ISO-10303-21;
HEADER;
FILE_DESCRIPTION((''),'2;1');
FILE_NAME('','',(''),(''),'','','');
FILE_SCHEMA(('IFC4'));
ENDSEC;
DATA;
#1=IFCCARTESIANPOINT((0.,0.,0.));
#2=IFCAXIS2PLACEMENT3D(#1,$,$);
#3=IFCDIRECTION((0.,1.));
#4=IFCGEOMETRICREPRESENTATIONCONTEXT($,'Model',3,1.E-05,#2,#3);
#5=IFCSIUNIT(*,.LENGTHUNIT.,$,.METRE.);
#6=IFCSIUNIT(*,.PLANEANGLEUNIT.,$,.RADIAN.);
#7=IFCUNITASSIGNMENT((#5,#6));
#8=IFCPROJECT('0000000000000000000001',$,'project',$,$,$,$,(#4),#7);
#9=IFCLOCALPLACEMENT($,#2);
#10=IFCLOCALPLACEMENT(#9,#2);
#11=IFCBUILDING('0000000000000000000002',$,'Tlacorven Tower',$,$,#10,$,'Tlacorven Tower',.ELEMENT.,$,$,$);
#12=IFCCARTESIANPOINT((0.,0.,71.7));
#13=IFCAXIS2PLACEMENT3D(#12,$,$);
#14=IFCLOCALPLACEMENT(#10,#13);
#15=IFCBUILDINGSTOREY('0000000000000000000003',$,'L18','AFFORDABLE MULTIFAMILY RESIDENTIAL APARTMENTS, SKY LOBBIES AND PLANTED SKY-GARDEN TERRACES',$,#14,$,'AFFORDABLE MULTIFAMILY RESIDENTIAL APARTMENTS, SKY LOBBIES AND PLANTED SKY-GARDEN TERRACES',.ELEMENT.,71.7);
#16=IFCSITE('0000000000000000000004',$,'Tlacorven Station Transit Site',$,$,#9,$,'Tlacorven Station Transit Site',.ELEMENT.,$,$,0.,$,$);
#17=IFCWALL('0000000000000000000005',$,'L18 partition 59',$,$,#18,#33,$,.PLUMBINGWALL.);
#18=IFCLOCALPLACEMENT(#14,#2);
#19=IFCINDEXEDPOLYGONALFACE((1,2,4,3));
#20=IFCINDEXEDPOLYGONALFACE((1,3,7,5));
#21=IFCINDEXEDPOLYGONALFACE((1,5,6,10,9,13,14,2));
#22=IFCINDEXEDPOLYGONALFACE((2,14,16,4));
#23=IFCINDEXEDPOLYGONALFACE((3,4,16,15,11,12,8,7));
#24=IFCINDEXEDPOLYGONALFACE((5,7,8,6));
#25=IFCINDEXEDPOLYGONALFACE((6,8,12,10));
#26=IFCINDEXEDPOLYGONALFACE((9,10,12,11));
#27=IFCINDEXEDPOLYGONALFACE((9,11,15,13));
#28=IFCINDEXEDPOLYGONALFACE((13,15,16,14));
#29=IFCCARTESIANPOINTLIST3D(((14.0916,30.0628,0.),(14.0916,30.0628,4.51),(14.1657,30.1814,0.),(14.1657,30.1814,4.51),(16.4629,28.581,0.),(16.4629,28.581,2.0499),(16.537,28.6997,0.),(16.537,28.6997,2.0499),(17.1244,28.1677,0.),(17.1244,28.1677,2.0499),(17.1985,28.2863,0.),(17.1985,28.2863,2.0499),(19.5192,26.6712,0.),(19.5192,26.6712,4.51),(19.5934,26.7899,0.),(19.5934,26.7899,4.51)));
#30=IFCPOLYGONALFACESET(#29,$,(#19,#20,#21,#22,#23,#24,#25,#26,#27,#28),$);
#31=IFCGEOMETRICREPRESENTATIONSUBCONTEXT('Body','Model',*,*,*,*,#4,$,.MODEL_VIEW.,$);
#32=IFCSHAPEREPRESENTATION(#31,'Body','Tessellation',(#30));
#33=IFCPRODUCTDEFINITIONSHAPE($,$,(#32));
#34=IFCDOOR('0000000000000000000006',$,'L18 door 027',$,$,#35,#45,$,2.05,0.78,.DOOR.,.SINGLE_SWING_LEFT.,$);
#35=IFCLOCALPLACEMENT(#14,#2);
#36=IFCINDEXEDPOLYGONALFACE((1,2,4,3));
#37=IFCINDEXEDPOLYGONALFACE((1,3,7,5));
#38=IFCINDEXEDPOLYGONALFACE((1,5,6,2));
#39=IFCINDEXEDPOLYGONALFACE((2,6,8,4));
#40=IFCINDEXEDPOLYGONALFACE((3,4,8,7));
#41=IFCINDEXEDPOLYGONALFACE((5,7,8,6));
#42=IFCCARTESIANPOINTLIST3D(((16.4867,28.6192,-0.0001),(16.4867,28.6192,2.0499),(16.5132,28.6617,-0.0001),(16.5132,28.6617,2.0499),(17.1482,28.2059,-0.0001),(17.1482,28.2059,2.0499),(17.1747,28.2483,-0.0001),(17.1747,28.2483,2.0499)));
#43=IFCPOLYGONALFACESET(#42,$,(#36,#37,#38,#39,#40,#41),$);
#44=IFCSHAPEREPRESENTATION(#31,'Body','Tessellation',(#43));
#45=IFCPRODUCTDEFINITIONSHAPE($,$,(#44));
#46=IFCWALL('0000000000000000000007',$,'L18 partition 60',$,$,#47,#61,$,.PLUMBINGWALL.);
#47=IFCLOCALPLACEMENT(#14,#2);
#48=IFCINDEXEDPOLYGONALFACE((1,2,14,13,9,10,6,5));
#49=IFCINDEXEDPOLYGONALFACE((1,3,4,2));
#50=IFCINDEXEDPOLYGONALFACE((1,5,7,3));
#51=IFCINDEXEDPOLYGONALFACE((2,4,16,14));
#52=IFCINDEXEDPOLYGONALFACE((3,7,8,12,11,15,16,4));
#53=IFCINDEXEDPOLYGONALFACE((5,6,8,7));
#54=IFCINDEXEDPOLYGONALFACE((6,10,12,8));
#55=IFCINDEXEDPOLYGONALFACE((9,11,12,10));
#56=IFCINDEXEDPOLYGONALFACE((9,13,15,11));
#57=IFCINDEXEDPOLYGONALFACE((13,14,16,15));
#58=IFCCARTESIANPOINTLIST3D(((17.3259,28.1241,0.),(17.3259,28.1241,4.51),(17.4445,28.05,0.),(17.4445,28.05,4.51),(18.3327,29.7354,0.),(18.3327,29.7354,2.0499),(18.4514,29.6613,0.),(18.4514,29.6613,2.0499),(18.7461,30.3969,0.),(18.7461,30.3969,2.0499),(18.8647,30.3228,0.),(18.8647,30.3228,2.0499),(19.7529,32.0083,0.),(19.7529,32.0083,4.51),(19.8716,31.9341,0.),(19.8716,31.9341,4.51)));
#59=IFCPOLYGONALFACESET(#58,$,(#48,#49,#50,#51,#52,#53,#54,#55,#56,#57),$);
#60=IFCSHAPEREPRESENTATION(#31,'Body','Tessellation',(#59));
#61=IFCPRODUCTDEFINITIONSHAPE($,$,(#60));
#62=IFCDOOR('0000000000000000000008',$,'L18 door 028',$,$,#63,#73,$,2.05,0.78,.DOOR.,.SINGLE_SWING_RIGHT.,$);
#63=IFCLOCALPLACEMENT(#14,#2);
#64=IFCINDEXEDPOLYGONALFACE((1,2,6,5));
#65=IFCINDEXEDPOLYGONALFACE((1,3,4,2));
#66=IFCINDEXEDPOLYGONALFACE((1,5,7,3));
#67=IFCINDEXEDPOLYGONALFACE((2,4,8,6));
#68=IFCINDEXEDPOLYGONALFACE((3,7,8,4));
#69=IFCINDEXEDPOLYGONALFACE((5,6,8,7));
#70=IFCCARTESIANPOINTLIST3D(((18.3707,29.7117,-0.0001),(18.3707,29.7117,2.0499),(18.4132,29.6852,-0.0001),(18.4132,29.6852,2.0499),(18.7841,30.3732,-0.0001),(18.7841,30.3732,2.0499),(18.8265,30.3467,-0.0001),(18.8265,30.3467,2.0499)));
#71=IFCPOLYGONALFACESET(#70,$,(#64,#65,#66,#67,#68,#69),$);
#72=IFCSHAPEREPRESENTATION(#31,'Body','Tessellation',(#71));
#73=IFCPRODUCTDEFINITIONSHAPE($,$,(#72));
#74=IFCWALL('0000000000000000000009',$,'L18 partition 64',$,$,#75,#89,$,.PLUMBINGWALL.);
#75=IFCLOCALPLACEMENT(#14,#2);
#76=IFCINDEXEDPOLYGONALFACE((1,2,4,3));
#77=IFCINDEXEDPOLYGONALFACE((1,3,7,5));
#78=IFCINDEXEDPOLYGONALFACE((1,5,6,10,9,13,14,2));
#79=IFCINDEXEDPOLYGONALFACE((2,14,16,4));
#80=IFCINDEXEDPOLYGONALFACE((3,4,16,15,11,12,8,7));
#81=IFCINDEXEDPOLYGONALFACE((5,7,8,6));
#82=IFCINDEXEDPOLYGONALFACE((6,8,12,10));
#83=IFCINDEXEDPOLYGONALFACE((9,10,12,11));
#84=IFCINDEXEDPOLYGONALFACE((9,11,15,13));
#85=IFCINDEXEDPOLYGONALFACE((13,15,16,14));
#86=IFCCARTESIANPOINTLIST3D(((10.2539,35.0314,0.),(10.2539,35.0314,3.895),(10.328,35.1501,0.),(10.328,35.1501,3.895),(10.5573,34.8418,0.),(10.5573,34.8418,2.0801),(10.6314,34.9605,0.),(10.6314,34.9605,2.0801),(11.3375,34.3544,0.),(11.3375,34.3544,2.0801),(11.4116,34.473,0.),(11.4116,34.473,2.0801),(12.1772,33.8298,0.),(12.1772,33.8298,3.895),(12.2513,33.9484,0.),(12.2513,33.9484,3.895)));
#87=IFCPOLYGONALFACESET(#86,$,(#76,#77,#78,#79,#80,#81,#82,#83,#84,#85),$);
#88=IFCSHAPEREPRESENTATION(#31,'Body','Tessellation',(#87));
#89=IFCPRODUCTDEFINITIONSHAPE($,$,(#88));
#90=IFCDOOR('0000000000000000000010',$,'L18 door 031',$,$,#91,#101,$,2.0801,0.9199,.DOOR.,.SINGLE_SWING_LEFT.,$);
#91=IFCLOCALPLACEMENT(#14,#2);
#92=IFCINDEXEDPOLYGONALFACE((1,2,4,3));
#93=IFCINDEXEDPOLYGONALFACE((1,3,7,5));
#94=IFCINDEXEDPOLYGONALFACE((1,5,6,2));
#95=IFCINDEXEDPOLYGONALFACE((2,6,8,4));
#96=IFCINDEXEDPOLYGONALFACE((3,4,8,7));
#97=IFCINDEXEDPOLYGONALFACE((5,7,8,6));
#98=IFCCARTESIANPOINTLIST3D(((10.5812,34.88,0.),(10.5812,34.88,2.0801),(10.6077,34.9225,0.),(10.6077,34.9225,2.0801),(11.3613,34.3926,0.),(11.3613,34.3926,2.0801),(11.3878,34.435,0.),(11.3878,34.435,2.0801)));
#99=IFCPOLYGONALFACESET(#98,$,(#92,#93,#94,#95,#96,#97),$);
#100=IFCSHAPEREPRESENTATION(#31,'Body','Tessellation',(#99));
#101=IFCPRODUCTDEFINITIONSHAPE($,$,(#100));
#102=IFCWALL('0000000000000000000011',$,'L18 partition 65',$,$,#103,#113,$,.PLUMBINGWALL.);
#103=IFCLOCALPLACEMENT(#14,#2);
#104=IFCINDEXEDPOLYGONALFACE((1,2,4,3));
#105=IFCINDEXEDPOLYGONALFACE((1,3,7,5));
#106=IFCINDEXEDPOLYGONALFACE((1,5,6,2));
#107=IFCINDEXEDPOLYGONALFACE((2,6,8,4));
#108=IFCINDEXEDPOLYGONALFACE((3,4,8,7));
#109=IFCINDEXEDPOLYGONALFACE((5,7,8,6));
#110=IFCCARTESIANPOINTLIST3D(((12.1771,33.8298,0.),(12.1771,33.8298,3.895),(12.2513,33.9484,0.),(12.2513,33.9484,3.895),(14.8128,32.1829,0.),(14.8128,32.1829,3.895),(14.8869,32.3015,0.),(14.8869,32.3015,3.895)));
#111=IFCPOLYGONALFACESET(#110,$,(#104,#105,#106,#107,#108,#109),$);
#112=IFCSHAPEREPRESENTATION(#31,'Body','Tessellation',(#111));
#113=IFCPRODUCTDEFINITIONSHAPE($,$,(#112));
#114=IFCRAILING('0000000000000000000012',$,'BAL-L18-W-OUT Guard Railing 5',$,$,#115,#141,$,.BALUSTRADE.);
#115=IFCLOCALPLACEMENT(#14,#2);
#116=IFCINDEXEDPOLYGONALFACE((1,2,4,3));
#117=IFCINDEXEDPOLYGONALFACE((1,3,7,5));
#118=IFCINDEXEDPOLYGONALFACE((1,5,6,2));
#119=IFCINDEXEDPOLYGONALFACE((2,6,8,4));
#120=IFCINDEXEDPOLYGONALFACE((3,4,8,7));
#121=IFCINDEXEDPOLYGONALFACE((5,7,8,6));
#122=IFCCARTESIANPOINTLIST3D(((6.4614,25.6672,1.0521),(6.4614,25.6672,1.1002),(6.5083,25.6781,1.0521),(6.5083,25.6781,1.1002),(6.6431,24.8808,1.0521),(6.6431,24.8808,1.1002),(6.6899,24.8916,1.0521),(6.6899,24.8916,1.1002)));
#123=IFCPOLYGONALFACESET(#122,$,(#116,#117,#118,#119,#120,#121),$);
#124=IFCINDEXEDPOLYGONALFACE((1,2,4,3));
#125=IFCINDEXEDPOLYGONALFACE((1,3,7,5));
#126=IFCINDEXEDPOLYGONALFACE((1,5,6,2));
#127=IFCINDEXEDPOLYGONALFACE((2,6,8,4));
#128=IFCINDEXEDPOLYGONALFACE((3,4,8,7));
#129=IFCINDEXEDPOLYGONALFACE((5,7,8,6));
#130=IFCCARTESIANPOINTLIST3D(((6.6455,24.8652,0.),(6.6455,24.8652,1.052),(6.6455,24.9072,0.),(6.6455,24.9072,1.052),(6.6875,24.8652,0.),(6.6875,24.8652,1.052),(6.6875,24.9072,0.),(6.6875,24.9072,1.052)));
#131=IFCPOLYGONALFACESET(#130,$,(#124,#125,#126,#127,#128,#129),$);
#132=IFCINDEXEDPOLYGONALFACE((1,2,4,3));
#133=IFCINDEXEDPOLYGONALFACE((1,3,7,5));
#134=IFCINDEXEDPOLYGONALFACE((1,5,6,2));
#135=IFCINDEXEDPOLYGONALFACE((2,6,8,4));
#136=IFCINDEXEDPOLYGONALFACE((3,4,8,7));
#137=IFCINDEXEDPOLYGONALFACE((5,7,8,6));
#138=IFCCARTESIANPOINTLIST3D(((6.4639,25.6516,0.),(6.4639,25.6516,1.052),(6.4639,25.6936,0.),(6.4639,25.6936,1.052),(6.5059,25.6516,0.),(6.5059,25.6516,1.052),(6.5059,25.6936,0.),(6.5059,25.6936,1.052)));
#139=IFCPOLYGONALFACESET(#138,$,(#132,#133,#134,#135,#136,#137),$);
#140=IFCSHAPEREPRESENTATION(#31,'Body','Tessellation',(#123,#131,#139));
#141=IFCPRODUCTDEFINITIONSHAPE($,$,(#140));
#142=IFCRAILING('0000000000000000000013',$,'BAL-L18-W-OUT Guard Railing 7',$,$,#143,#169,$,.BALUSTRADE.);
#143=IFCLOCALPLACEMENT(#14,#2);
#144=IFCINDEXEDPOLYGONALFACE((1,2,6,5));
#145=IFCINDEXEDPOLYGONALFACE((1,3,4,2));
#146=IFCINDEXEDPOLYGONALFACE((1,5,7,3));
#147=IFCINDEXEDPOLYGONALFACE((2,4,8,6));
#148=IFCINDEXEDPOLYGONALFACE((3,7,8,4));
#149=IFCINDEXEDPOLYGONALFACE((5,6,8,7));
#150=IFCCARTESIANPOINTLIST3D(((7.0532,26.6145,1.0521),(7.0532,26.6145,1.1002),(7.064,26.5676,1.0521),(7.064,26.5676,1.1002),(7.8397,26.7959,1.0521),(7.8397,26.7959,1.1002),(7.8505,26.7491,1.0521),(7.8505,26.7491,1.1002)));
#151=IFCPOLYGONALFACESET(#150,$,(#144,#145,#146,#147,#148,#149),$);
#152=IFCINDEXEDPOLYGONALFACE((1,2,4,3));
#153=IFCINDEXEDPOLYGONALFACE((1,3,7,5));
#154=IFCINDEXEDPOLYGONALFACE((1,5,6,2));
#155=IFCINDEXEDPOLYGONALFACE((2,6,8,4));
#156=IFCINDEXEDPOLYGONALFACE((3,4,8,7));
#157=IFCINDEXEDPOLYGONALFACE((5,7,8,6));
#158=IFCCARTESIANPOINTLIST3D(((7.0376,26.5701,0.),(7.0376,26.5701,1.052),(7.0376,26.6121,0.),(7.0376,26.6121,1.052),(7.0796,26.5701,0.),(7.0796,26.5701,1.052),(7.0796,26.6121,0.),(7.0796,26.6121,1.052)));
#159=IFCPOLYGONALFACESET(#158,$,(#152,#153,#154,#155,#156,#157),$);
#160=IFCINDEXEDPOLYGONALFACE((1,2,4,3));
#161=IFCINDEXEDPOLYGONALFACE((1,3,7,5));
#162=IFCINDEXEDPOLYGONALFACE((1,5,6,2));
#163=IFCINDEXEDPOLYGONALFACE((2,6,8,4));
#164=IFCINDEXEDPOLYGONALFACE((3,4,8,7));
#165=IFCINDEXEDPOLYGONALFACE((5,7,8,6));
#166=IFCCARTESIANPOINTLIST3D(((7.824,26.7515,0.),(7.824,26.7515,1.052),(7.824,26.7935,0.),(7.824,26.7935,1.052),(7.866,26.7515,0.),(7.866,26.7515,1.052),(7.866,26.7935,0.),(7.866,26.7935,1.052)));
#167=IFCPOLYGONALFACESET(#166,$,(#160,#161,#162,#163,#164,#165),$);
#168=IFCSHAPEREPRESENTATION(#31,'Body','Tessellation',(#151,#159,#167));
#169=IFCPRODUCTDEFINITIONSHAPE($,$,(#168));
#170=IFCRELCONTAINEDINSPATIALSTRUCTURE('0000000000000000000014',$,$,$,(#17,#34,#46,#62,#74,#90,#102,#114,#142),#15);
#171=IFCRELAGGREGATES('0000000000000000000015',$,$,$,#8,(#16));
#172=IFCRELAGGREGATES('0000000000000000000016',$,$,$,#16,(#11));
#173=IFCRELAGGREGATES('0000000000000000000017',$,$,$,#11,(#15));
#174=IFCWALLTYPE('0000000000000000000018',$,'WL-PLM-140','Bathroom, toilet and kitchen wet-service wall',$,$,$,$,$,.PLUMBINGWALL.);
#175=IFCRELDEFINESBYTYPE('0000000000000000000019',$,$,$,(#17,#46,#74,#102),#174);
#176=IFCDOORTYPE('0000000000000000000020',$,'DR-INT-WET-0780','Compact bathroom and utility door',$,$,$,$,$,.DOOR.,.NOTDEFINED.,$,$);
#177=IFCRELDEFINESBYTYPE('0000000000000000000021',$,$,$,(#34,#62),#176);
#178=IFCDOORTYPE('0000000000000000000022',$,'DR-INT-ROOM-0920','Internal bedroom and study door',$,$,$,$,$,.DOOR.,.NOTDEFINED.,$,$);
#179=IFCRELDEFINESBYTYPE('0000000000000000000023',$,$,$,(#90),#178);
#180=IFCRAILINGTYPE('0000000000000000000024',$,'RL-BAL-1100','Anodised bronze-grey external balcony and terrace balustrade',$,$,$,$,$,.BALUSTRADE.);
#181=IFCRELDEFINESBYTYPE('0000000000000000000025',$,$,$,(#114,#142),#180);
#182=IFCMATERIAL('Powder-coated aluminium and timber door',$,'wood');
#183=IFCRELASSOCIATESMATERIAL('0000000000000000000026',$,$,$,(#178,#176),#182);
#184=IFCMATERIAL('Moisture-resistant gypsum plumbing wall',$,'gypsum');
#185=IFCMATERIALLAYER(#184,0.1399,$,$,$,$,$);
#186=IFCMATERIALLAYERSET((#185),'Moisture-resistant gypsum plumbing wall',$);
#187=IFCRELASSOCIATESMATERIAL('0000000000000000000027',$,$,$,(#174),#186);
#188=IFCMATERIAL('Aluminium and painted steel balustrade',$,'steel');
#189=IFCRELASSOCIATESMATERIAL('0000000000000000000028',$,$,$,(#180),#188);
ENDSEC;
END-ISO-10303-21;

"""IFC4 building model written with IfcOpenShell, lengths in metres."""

from ifc_helpers import new_model, si_unit, direction, frame, frame_2d, origin, origin_2d, place, context, subcontext, project, spatial, rectangle, extrude, source, transform, mapped, material, layer, layer_set, type_object, element, fill, save


model = new_model("IFC4")

# Units and contexts
model_context = context("Model", 3, precision=1e-05, world=origin(), true_north=direction((0.0, 1.0)))
body_context = subcontext(model_context, "Body", "Model", "MODEL_VIEW")
ifc_project = project(units=[si_unit("LENGTHUNIT", "METRE"), si_unit("PLANEANGLEUNIT", "RADIAN")], contexts=[model_context])

# Site, building, storey
site_placement = place(None, origin())
site = spatial("IfcSite", under=ifc_project, at=site_placement, Name="Tlacorven Station Transit Site", LongName="Tlacorven Station Transit Site", CompositionType="ELEMENT", RefElevation=0.0)
building_placement = place(site_placement, origin())
building = spatial("IfcBuilding", under=site, at=building_placement, Name="Tlacorven Tower", LongName="Tlacorven Tower", CompositionType="ELEMENT")
storey_placement = place(building_placement, frame((0.0, 0.0, 71.7)))
storey = spatial("IfcBuildingStorey", under=building, at=storey_placement, Name="L18", Description="AFFORDABLE MULTIFAMILY RESIDENTIAL APARTMENTS, SKY LOBBIES AND PLANTED SKY-GARDEN TERRACES", LongName="AFFORDABLE MULTIFAMILY RESIDENTIAL APARTMENTS, SKY LOBBIES AND PLANTED SKY-GARDEN TERRACES", CompositionType="ELEMENT", Elevation=71.7)

# Walls, openings, doors
ifc_material_1 = material(Name="Powder-coated aluminium and timber door", Category="wood")
door_type_1 = type_object("IfcDoorType", Name="DR-INT-ROOM-0920", Description="Internal bedroom and study door", OperationType="NOTDEFINED", PredefinedType="DOOR", material=ifc_material_1)
shared_shape_1 = source(origin(), body_context, "Body", "SweptSolid", [
    extrude(rectangle(XDim=0.9199, YDim=2.0801, at=frame_2d((0.46, 1.04))), frame((0.0, 0.0249, 0.0), z_axis=(0.0, -1.0, 0.0), x_axis=(1.0, 0.0, 0.0)), (0.0, 0.0, 1.0), 0.05),
])
ifc_material_2 = material(Name="Moisture-resistant gypsum plumbing wall", Category="gypsum")
ifc_layer_1 = layer(ifc_material_2, 0.1399)
ifc_layer_set_1 = layer_set([ifc_layer_1], Name="Moisture-resistant gypsum plumbing wall")
wall_type_1 = type_object("IfcWallType", Name="WL-PLM-140", Description="Bathroom, toilet and kitchen wet-service wall", PredefinedType="PLUMBINGWALL", material=ifc_layer_set_1)
wall_1_placement = place(storey_placement, frame((19.5564, 26.7305, 0.0), z_axis=(0.0, 0.0, 1.0), x_axis=(-0.84805, 0.529917, 0.0)))
wall_1 = element("IfcWall", 1, at=wall_1_placement, inside=storey, type_object=wall_type_1, Name="L18 partition 59", PredefinedType="PLUMBINGWALL", context=body_context, shape_type="SweptSolid", body=[
    extrude(rectangle(XDim=6.4001, YDim=0.1399, at=frame_2d((3.2002, 0.0))), origin(), (0.0, 0.0, 1.0), 4.51),
])
opening_1_placement = place(wall_1_placement, frame((2.824, 0.0, 0.0)))
opening_1 = element("IfcOpeningElement", 2, at=opening_1_placement, cuts=wall_1, PredefinedType="OPENING", context=body_context, shape_type="SweptSolid", body=[
    extrude(rectangle(XDim=0.78, YDim=2.05, at=frame_2d((0.3901, 1.0249))), frame((0.0, 0.0801, 0.0), z_axis=(0.0, -1.0, 0.0), x_axis=(1.0, 0.0, 0.0)), (0.0, 0.0, 1.0), 0.1599),
])
door_type_2 = type_object("IfcDoorType", Name="DR-INT-WET-0780", Description="Compact bathroom and utility door", OperationType="NOTDEFINED", PredefinedType="DOOR", material=ifc_material_1)
shared_shape_2 = source(origin(), body_context, "Body", "SweptSolid", [
    extrude(rectangle(XDim=0.78, YDim=2.05, at=frame_2d((0.3901, 1.0249))), frame((0.0, 0.0249, 0.0), z_axis=(0.0, -1.0, 0.0), x_axis=(1.0, 0.0, 0.0)), (0.0, 0.0, 1.0), 0.05),
])
door_1_placement = place(opening_1_placement, origin())
door_1 = element("IfcDoor", 3, at=door_1_placement, inside=storey, type_object=door_type_2, Name="L18 door 027", OperationType="SINGLE_SWING_LEFT", OverallHeight=2.05, OverallWidth=0.78, PredefinedType="DOOR", context=body_context, shape_type="MappedRepresentation", body=[
    mapped(shared_shape_2, transform((0.0, 0.0, 0.0), scale=1.0)),
])
fill(opening_1, door_1)
wall_2_placement = place(storey_placement, frame((19.8123, 31.9712, 0.0), z_axis=(0.0, 0.0, 1.0), x_axis=(-0.529917, -0.848049, 0.0)))
wall_2 = element("IfcWall", 4, at=wall_2_placement, inside=storey, type_object=wall_type_1, Name="L18 partition 60", PredefinedType="PLUMBINGWALL", context=body_context, shape_type="SweptSolid", body=[
    extrude(rectangle(XDim=4.5801, YDim=0.1399, at=frame_2d((2.29, 0.0))), origin(), (0.0, 0.0, 1.0), 4.51),
])
opening_2_placement = place(wall_2_placement, frame((1.8999, 0.0, 0.0)))
opening_2 = element("IfcOpeningElement", 5, at=opening_2_placement, cuts=wall_2, PredefinedType="OPENING", context=body_context, shape_type="SweptSolid", body=[
    extrude(rectangle(XDim=0.78, YDim=2.05, at=frame_2d((0.3901, 1.0249))), frame((0.0, 0.0801, 0.0), z_axis=(0.0, -1.0, 0.0), x_axis=(1.0, 0.0, 0.0)), (0.0, 0.0, 1.0), 0.1599),
])
door_2_placement = place(opening_2_placement, origin())
door_2 = element("IfcDoor", 6, at=door_2_placement, inside=storey, type_object=door_type_2, Name="L18 door 028", OperationType="SINGLE_SWING_RIGHT", OverallHeight=2.05, OverallWidth=0.78, PredefinedType="DOOR", context=body_context, shape_type="MappedRepresentation", body=[
    mapped(shared_shape_2, transform((0.0, 0.0, 0.0), scale=1.0)),
])
fill(opening_2, door_2)
wall_3_placement = place(storey_placement, frame((12.2141, 33.8892, 0.0), z_axis=(0.0, 0.0, 1.0), x_axis=(-0.848083, 0.529863, 0.0)))
wall_3 = element("IfcWall", 7, at=wall_3_placement, inside=storey, type_object=wall_type_1, Name="L18 partition 64", PredefinedType="PLUMBINGWALL", context=body_context, shape_type="SweptSolid", body=[
    extrude(rectangle(XDim=2.2678, YDim=0.1399, at=frame_2d((1.1338, 0.0))), origin(), (0.0, 0.0, 1.0), 3.895),
])
opening_3_placement = place(wall_3_placement, frame((0.99, 0.0, 0.0)))
opening_3 = element("IfcOpeningElement", 8, at=opening_3_placement, cuts=wall_3, PredefinedType="OPENING", context=body_context, shape_type="SweptSolid", body=[
    extrude(rectangle(XDim=0.9199, YDim=2.0801, at=frame_2d((0.46, 1.04))), frame((0.0, 0.0801, 0.0), z_axis=(0.0, -1.0, 0.0), x_axis=(1.0, 0.0, 0.0)), (0.0, 0.0, 1.0), 0.1599),
])
door_3_placement = place(opening_3_placement, origin())
door_3 = element("IfcDoor", 9, at=door_3_placement, inside=storey, type_object=door_type_1, Name="L18 door 031", OperationType="SINGLE_SWING_LEFT", OverallHeight=2.0801, OverallWidth=0.9199, PredefinedType="DOOR", context=body_context, shape_type="MappedRepresentation", body=[
    mapped(shared_shape_1, transform((0.0, 0.0, 0.0), scale=1.0)),
])
fill(opening_3, door_3)

# Wall
wall_4_placement = place(storey_placement, frame((14.8499, 32.2422, 0.0), z_axis=(0.0, 0.0, 1.0), x_axis=(-0.848051, 0.529914, 0.0)))
element("IfcWall", 10, at=wall_4_placement, inside=storey, type_object=wall_type_1, Name="L18 partition 65", PredefinedType="PLUMBINGWALL", context=body_context, shape_type="SweptSolid", body=[
    extrude(rectangle(XDim=3.1079, YDim=0.1399, at=frame_2d((1.554, 0.0))), origin(), (0.0, 0.0, 1.0), 3.895),
])

# Railings
ifc_material_3 = material(Name="Aluminium and painted steel balustrade", Category="steel")
railing_type = type_object("IfcRailingType", Name="RL-BAL-1100", Description="Anodised bronze-grey external balcony and terrace balustrade", PredefinedType="BALUSTRADE", material=ifc_material_3)
shared_shape_3 = source(origin(), body_context, "Body", "SweptSolid", [
    extrude(rectangle(XDim=0.0481, YDim=0.0481, at=origin_2d()), frame((0.0, 0.0, 1.0762), z_axis=(-0.225058, 0.974345, 0.0), x_axis=(-0.974345, -0.225058, 0.0)), (0.0, 0.0, 1.0), 0.8071),
    extrude(rectangle(XDim=0.042, YDim=0.042, at=origin_2d()), origin(), (0.0, 0.0, 1.0), 1.052),
    extrude(rectangle(XDim=0.042, YDim=0.042, at=origin_2d()), frame((-0.1816, 0.7864, 0.0)), (0.0, 0.0, 1.0), 1.052),
])
railing_1_placement = place(storey_placement, frame((6.6665, 24.8862, 0.0)))
element("IfcRailing", 11, at=railing_1_placement, inside=storey, type_object=railing_type, Name="BAL-L18-W-OUT Guard Railing 5", PredefinedType="BALUSTRADE", context=body_context, shape_type="MappedRepresentation", body=[
    mapped(shared_shape_3, transform((0.0, 0.0, 0.0), scale=1.0)),
])
shared_shape_4 = source(origin(), body_context, "Body", "SweptSolid", [
    extrude(rectangle(XDim=0.0481, YDim=0.0481, at=origin_2d()), frame((0.0, 0.0, 1.0762), z_axis=(0.974412, 0.224771, 0.0), x_axis=(-0.224771, 0.974412, 0.0)), (0.0, 0.0, 1.0), 0.8071),
    extrude(rectangle(XDim=0.042, YDim=0.042, at=origin_2d()), origin(), (0.0, 0.0, 1.0), 1.052),
    extrude(rectangle(XDim=0.042, YDim=0.042, at=origin_2d()), frame((0.7864, 0.1814, 0.0)), (0.0, 0.0, 1.0), 1.052),
])
railing_2_placement = place(storey_placement, frame((7.0586, 26.5911, 0.0)))
element("IfcRailing", 12, at=railing_2_placement, inside=storey, type_object=railing_type, Name="BAL-L18-W-OUT Guard Railing 7", PredefinedType="BALUSTRADE", context=body_context, shape_type="MappedRepresentation", body=[
    mapped(shared_shape_4, transform((0.0, 0.0, 0.0), scale=1.0)),
])

save(model, "model.ifc")
